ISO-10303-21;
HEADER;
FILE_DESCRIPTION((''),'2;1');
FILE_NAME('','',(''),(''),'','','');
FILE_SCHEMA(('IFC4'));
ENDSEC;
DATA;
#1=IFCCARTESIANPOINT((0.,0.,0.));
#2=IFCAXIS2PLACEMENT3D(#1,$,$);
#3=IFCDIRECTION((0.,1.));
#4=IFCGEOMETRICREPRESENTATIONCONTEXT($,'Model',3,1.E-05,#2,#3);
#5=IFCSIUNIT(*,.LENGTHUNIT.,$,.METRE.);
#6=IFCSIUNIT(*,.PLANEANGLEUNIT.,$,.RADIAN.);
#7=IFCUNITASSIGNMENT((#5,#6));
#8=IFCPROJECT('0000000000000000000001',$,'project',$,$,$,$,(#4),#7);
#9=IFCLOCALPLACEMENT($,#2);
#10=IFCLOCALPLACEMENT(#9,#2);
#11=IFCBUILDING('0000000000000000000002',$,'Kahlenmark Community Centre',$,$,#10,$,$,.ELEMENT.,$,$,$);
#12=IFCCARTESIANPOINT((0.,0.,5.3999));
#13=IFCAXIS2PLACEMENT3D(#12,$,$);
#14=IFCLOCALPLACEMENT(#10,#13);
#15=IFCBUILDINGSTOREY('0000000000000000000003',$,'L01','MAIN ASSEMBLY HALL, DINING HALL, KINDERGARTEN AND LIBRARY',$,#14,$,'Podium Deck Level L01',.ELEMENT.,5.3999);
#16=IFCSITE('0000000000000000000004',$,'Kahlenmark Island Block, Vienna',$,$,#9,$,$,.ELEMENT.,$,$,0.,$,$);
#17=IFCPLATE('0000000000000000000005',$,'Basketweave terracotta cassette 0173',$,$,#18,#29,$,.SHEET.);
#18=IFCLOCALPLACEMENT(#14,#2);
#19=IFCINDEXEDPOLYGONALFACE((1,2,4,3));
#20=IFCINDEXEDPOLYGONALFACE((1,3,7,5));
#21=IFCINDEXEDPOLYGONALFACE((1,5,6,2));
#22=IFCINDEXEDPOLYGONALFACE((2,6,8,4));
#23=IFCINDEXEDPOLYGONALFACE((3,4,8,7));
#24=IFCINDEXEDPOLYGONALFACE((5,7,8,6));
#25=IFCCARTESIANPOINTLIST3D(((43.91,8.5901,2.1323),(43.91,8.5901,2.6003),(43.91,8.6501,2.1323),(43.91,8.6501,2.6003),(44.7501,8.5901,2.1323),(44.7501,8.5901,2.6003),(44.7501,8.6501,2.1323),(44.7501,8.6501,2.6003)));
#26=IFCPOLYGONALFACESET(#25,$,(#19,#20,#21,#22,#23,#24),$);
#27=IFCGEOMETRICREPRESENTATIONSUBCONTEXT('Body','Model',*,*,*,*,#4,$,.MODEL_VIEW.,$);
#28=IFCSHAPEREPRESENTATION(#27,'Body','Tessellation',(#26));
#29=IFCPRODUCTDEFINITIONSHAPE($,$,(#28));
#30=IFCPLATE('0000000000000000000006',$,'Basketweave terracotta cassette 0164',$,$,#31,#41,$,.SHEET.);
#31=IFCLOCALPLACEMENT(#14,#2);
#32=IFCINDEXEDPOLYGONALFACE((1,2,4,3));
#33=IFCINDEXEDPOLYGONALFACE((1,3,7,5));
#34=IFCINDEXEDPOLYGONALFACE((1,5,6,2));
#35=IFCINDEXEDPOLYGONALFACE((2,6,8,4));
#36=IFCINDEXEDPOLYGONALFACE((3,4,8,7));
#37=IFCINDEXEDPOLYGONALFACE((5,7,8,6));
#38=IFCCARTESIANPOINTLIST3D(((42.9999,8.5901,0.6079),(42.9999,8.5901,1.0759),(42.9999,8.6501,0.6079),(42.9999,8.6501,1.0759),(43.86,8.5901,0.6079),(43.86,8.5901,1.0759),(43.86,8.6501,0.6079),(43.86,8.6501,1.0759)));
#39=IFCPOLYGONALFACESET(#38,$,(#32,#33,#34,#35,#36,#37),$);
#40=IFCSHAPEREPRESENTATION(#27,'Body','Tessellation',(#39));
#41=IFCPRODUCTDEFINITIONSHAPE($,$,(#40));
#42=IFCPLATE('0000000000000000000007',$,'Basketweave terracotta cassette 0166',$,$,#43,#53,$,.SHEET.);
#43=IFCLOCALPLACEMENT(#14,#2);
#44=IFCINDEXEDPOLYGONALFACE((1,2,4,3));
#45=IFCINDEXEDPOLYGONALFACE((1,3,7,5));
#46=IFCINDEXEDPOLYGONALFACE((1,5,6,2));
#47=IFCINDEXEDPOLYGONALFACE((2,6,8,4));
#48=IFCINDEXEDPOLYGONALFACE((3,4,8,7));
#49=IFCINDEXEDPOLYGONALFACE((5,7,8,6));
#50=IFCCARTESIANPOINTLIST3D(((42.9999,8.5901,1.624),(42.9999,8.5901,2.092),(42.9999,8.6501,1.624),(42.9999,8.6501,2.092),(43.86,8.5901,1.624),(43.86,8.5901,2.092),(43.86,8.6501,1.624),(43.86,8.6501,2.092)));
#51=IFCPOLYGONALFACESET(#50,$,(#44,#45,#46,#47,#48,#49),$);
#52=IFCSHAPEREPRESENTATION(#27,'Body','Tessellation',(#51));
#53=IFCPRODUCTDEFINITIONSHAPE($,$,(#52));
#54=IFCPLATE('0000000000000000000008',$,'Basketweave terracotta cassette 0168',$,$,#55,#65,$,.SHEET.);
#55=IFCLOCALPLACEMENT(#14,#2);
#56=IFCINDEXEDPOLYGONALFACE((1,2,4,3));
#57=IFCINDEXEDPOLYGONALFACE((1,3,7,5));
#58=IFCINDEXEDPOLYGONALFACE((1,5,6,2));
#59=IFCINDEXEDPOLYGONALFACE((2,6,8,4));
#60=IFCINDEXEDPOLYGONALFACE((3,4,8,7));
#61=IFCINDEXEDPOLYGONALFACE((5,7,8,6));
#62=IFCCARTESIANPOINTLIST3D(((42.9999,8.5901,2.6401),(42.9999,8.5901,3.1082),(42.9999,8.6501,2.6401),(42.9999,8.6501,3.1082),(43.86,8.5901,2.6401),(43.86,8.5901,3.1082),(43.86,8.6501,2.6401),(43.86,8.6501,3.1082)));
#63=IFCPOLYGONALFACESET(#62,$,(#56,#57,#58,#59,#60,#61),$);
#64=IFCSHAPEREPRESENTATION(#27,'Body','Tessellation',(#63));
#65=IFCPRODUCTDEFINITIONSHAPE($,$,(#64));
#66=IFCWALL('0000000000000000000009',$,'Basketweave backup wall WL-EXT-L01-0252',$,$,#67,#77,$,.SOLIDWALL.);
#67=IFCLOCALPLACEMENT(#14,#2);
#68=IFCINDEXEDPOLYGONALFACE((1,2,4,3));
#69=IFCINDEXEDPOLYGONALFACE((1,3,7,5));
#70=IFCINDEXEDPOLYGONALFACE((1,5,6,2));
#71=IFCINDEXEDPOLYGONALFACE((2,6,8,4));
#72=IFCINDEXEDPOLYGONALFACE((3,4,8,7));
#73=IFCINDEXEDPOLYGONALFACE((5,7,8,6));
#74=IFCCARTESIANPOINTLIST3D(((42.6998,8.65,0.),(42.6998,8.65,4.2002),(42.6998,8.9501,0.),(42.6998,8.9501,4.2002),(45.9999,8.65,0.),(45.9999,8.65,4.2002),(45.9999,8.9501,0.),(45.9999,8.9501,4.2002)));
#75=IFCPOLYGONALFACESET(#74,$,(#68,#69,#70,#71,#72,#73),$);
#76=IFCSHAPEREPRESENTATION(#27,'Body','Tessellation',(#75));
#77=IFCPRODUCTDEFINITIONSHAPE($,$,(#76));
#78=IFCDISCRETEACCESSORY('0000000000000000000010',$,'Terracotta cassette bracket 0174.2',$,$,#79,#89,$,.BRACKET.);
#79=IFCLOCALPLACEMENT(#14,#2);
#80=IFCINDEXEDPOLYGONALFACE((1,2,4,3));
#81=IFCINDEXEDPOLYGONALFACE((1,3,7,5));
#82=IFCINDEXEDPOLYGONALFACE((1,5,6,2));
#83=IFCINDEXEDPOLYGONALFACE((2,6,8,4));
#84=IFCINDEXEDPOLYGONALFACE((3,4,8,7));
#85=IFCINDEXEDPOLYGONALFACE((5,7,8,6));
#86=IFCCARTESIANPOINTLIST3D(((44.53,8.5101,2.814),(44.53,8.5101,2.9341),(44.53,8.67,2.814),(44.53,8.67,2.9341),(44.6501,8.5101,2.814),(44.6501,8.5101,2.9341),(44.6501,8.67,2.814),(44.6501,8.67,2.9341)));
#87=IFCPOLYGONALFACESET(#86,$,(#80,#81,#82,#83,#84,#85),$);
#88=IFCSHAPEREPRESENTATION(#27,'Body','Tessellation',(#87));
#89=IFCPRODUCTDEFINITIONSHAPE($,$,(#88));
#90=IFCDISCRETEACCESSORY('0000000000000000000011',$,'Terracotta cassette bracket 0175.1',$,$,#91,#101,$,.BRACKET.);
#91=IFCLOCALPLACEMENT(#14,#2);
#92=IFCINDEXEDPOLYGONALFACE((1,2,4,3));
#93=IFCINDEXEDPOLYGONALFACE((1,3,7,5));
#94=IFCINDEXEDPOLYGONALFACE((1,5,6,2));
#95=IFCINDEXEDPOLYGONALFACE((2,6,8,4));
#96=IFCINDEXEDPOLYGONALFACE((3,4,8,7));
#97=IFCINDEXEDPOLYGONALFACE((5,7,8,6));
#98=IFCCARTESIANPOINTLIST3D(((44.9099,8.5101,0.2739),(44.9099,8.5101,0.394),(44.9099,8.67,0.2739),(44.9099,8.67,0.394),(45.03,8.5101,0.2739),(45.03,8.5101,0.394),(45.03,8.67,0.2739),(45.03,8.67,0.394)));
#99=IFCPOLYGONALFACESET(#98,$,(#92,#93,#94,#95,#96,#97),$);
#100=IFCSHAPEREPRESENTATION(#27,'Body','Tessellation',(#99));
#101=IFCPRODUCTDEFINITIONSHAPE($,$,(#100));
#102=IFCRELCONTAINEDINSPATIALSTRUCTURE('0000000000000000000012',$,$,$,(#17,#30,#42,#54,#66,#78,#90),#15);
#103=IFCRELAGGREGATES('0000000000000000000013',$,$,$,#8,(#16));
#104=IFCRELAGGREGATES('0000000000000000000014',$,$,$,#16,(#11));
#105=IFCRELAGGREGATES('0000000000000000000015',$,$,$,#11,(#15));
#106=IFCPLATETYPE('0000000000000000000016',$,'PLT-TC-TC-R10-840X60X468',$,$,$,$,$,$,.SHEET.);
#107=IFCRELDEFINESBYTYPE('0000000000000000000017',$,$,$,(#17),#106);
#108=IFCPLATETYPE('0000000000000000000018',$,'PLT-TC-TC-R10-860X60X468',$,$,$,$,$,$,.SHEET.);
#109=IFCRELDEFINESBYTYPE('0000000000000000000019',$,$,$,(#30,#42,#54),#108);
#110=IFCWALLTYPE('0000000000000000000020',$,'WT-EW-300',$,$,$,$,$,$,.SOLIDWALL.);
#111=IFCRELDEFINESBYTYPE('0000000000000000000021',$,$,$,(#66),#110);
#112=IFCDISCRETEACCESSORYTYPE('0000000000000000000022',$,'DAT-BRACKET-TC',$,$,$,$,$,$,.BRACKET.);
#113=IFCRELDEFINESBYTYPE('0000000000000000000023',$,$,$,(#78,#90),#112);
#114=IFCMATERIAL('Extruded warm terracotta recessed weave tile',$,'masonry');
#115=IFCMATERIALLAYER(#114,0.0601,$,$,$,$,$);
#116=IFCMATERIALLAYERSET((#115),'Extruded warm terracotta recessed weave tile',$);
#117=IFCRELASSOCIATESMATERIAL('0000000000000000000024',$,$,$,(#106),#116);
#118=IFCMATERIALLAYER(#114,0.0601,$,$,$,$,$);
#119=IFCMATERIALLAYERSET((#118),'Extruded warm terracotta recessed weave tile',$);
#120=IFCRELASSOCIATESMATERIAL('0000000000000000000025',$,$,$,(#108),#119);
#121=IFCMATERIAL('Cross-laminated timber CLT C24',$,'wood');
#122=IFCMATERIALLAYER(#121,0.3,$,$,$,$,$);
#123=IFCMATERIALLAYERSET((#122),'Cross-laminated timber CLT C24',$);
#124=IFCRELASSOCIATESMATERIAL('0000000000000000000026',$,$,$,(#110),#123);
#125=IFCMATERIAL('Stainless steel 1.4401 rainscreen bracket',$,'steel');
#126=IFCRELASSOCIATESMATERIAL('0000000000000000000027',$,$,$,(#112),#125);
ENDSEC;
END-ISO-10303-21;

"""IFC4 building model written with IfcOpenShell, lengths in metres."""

from ifc_helpers import new_model, si_unit, direction, frame, frame_2d, origin, origin_2d, place, context, subcontext, project, spatial, rectangle, extrude, material, layer, layer_set, type_object, element, save


model = new_model("IFC4")

# Units and contexts
model_context = context("Model", 3, precision=1e-05, world=origin(), true_north=direction((0.0, 1.0)))
body_context = subcontext(model_context, "Body", "Model", "MODEL_VIEW")
ifc_project = project(units=[si_unit("LENGTHUNIT", "METRE"), si_unit("PLANEANGLEUNIT", "RADIAN")], contexts=[model_context])

# Site, building, storey
site_placement = place(None, origin())
site = spatial("IfcSite", under=ifc_project, at=site_placement, Name="Kahlenmark Island Block, Vienna", CompositionType="ELEMENT", RefElevation=0.0)
building_placement = place(site_placement, origin())
building = spatial("IfcBuilding", under=site, at=building_placement, Name="Kahlenmark Community Centre", CompositionType="ELEMENT")
storey_placement = place(building_placement, frame((0.0, 0.0, 5.3999)))
storey = spatial("IfcBuildingStorey", under=building, at=storey_placement, Name="L01", Description="MAIN ASSEMBLY HALL, DINING HALL, KINDERGARTEN AND LIBRARY", LongName="Podium Deck Level L01", CompositionType="ELEMENT", Elevation=5.3999)

# Plates
ifc_material_1 = material(Name="Extruded warm terracotta recessed weave tile", Category="masonry")
ifc_layer_1 = layer(ifc_material_1, 0.0601)
ifc_layer_set_1 = layer_set([ifc_layer_1], Name="Extruded warm terracotta recessed weave tile")
plate_type_1 = type_object("IfcPlateType", Name="PLT-TC-TC-R10-840X60X468", PredefinedType="SHEET", material=ifc_layer_set_1)
for number, where, z_axis, x_axis, name in (
    (1, (44.3301, 8.6201, 2.1323), (0.0, 0.0, 1.0), (1.0, 0.0, 0.0), "Basketweave terracotta cassette 0173"),
):
    element("IfcPlate", number, at=place(storey_placement, frame(where, z_axis=z_axis, x_axis=x_axis)), inside=storey, type_object=plate_type_1, Name=name, PredefinedType="SHEET", context=body_context, shape_type="SweptSolid", body=[
        extrude(rectangle(XDim=0.8401, YDim=0.0601, at=origin_2d()), origin(), (0.0, 0.0, 1.0), 0.468),
    ])
ifc_layer_2 = layer(ifc_material_1, 0.0601)
ifc_layer_set_2 = layer_set([ifc_layer_2], Name="Extruded warm terracotta recessed weave tile")
plate_type_2 = type_object("IfcPlateType", Name="PLT-TC-TC-R10-860X60X468", PredefinedType="SHEET", material=ifc_layer_set_2)
for number, where, z_axis, x_axis, name in (
    (2, (43.4299, 8.6201, 0.6079), (0.0, 0.0, 1.0), (1.0, 0.0, 0.0), "Basketweave terracotta cassette 0164"),
    (3, (43.4299, 8.6201, 1.624), (0.0, 0.0, 1.0), (1.0, 0.0, 0.0), "Basketweave terracotta cassette 0166"),
    (4, (43.4299, 8.6201, 2.6401), (0.0, 0.0, 1.0), (1.0, 0.0, 0.0), "Basketweave terracotta cassette 0168"),
):
    element("IfcPlate", number, at=place(storey_placement, frame(where, z_axis=z_axis, x_axis=x_axis)), inside=storey, type_object=plate_type_2, Name=name, PredefinedType="SHEET", context=body_context, shape_type="SweptSolid", body=[
        extrude(rectangle(XDim=0.8601, YDim=0.0601, at=origin_2d()), origin(), (0.0, 0.0, 1.0), 0.468),
    ])

# Wall
ifc_material_2 = material(Name="Cross-laminated timber CLT C24", Category="wood")
ifc_layer_3 = layer(ifc_material_2, 0.3)
ifc_layer_set_3 = layer_set([ifc_layer_3], Name="Cross-laminated timber CLT C24")
wall_type = type_object("IfcWallType", Name="WT-EW-300", PredefinedType="SOLIDWALL", material=ifc_layer_set_3)
wall_placement = place(storey_placement, frame((42.7, 8.8, 0.0), z_axis=(0.0, 0.0, 1.0), x_axis=(1.0, 0.0, 0.0)))
element("IfcWall", 5, at=wall_placement, inside=storey, type_object=wall_type, Name="Basketweave backup wall WL-EXT-L01-0252", PredefinedType="SOLIDWALL", context=body_context, shape_type="SweptSolid", body=[
    extrude(rectangle(XDim=3.3, YDim=0.3, at=frame_2d((1.6499, 0.0))), origin(), (0.0, 0.0, 1.0), 4.2002),
])

# Discrete accessories
ifc_material_3 = material(Name="Stainless steel 1.4401 rainscreen bracket", Category="steel")
discrete_accessory_type = type_object("IfcDiscreteAccessoryType", Name="DAT-BRACKET-TC", PredefinedType="BRACKET", material=ifc_material_3)
for number, where, z_axis, x_axis, name in (
    (6, (44.5901, 8.5901, 2.814), (0.0, 0.0, 1.0), (1.0, 0.0, 0.0), "Terracotta cassette bracket 0174.2"),
    (7, (44.97, 8.5901, 0.2739), (0.0, 0.0, 1.0), (1.0, 0.0, 0.0), "Terracotta cassette bracket 0175.1"),
):
    element("IfcDiscreteAccessory", number, at=place(storey_placement, frame(where, z_axis=z_axis, x_axis=x_axis)), inside=storey, type_object=discrete_accessory_type, Name=name, PredefinedType="BRACKET", context=body_context, shape_type="SweptSolid", body=[
        extrude(rectangle(XDim=0.1201, YDim=0.1599, at=origin_2d()), origin(), (0.0, 0.0, 1.0), 0.1201),
    ])

save(model, "model.ifc")
